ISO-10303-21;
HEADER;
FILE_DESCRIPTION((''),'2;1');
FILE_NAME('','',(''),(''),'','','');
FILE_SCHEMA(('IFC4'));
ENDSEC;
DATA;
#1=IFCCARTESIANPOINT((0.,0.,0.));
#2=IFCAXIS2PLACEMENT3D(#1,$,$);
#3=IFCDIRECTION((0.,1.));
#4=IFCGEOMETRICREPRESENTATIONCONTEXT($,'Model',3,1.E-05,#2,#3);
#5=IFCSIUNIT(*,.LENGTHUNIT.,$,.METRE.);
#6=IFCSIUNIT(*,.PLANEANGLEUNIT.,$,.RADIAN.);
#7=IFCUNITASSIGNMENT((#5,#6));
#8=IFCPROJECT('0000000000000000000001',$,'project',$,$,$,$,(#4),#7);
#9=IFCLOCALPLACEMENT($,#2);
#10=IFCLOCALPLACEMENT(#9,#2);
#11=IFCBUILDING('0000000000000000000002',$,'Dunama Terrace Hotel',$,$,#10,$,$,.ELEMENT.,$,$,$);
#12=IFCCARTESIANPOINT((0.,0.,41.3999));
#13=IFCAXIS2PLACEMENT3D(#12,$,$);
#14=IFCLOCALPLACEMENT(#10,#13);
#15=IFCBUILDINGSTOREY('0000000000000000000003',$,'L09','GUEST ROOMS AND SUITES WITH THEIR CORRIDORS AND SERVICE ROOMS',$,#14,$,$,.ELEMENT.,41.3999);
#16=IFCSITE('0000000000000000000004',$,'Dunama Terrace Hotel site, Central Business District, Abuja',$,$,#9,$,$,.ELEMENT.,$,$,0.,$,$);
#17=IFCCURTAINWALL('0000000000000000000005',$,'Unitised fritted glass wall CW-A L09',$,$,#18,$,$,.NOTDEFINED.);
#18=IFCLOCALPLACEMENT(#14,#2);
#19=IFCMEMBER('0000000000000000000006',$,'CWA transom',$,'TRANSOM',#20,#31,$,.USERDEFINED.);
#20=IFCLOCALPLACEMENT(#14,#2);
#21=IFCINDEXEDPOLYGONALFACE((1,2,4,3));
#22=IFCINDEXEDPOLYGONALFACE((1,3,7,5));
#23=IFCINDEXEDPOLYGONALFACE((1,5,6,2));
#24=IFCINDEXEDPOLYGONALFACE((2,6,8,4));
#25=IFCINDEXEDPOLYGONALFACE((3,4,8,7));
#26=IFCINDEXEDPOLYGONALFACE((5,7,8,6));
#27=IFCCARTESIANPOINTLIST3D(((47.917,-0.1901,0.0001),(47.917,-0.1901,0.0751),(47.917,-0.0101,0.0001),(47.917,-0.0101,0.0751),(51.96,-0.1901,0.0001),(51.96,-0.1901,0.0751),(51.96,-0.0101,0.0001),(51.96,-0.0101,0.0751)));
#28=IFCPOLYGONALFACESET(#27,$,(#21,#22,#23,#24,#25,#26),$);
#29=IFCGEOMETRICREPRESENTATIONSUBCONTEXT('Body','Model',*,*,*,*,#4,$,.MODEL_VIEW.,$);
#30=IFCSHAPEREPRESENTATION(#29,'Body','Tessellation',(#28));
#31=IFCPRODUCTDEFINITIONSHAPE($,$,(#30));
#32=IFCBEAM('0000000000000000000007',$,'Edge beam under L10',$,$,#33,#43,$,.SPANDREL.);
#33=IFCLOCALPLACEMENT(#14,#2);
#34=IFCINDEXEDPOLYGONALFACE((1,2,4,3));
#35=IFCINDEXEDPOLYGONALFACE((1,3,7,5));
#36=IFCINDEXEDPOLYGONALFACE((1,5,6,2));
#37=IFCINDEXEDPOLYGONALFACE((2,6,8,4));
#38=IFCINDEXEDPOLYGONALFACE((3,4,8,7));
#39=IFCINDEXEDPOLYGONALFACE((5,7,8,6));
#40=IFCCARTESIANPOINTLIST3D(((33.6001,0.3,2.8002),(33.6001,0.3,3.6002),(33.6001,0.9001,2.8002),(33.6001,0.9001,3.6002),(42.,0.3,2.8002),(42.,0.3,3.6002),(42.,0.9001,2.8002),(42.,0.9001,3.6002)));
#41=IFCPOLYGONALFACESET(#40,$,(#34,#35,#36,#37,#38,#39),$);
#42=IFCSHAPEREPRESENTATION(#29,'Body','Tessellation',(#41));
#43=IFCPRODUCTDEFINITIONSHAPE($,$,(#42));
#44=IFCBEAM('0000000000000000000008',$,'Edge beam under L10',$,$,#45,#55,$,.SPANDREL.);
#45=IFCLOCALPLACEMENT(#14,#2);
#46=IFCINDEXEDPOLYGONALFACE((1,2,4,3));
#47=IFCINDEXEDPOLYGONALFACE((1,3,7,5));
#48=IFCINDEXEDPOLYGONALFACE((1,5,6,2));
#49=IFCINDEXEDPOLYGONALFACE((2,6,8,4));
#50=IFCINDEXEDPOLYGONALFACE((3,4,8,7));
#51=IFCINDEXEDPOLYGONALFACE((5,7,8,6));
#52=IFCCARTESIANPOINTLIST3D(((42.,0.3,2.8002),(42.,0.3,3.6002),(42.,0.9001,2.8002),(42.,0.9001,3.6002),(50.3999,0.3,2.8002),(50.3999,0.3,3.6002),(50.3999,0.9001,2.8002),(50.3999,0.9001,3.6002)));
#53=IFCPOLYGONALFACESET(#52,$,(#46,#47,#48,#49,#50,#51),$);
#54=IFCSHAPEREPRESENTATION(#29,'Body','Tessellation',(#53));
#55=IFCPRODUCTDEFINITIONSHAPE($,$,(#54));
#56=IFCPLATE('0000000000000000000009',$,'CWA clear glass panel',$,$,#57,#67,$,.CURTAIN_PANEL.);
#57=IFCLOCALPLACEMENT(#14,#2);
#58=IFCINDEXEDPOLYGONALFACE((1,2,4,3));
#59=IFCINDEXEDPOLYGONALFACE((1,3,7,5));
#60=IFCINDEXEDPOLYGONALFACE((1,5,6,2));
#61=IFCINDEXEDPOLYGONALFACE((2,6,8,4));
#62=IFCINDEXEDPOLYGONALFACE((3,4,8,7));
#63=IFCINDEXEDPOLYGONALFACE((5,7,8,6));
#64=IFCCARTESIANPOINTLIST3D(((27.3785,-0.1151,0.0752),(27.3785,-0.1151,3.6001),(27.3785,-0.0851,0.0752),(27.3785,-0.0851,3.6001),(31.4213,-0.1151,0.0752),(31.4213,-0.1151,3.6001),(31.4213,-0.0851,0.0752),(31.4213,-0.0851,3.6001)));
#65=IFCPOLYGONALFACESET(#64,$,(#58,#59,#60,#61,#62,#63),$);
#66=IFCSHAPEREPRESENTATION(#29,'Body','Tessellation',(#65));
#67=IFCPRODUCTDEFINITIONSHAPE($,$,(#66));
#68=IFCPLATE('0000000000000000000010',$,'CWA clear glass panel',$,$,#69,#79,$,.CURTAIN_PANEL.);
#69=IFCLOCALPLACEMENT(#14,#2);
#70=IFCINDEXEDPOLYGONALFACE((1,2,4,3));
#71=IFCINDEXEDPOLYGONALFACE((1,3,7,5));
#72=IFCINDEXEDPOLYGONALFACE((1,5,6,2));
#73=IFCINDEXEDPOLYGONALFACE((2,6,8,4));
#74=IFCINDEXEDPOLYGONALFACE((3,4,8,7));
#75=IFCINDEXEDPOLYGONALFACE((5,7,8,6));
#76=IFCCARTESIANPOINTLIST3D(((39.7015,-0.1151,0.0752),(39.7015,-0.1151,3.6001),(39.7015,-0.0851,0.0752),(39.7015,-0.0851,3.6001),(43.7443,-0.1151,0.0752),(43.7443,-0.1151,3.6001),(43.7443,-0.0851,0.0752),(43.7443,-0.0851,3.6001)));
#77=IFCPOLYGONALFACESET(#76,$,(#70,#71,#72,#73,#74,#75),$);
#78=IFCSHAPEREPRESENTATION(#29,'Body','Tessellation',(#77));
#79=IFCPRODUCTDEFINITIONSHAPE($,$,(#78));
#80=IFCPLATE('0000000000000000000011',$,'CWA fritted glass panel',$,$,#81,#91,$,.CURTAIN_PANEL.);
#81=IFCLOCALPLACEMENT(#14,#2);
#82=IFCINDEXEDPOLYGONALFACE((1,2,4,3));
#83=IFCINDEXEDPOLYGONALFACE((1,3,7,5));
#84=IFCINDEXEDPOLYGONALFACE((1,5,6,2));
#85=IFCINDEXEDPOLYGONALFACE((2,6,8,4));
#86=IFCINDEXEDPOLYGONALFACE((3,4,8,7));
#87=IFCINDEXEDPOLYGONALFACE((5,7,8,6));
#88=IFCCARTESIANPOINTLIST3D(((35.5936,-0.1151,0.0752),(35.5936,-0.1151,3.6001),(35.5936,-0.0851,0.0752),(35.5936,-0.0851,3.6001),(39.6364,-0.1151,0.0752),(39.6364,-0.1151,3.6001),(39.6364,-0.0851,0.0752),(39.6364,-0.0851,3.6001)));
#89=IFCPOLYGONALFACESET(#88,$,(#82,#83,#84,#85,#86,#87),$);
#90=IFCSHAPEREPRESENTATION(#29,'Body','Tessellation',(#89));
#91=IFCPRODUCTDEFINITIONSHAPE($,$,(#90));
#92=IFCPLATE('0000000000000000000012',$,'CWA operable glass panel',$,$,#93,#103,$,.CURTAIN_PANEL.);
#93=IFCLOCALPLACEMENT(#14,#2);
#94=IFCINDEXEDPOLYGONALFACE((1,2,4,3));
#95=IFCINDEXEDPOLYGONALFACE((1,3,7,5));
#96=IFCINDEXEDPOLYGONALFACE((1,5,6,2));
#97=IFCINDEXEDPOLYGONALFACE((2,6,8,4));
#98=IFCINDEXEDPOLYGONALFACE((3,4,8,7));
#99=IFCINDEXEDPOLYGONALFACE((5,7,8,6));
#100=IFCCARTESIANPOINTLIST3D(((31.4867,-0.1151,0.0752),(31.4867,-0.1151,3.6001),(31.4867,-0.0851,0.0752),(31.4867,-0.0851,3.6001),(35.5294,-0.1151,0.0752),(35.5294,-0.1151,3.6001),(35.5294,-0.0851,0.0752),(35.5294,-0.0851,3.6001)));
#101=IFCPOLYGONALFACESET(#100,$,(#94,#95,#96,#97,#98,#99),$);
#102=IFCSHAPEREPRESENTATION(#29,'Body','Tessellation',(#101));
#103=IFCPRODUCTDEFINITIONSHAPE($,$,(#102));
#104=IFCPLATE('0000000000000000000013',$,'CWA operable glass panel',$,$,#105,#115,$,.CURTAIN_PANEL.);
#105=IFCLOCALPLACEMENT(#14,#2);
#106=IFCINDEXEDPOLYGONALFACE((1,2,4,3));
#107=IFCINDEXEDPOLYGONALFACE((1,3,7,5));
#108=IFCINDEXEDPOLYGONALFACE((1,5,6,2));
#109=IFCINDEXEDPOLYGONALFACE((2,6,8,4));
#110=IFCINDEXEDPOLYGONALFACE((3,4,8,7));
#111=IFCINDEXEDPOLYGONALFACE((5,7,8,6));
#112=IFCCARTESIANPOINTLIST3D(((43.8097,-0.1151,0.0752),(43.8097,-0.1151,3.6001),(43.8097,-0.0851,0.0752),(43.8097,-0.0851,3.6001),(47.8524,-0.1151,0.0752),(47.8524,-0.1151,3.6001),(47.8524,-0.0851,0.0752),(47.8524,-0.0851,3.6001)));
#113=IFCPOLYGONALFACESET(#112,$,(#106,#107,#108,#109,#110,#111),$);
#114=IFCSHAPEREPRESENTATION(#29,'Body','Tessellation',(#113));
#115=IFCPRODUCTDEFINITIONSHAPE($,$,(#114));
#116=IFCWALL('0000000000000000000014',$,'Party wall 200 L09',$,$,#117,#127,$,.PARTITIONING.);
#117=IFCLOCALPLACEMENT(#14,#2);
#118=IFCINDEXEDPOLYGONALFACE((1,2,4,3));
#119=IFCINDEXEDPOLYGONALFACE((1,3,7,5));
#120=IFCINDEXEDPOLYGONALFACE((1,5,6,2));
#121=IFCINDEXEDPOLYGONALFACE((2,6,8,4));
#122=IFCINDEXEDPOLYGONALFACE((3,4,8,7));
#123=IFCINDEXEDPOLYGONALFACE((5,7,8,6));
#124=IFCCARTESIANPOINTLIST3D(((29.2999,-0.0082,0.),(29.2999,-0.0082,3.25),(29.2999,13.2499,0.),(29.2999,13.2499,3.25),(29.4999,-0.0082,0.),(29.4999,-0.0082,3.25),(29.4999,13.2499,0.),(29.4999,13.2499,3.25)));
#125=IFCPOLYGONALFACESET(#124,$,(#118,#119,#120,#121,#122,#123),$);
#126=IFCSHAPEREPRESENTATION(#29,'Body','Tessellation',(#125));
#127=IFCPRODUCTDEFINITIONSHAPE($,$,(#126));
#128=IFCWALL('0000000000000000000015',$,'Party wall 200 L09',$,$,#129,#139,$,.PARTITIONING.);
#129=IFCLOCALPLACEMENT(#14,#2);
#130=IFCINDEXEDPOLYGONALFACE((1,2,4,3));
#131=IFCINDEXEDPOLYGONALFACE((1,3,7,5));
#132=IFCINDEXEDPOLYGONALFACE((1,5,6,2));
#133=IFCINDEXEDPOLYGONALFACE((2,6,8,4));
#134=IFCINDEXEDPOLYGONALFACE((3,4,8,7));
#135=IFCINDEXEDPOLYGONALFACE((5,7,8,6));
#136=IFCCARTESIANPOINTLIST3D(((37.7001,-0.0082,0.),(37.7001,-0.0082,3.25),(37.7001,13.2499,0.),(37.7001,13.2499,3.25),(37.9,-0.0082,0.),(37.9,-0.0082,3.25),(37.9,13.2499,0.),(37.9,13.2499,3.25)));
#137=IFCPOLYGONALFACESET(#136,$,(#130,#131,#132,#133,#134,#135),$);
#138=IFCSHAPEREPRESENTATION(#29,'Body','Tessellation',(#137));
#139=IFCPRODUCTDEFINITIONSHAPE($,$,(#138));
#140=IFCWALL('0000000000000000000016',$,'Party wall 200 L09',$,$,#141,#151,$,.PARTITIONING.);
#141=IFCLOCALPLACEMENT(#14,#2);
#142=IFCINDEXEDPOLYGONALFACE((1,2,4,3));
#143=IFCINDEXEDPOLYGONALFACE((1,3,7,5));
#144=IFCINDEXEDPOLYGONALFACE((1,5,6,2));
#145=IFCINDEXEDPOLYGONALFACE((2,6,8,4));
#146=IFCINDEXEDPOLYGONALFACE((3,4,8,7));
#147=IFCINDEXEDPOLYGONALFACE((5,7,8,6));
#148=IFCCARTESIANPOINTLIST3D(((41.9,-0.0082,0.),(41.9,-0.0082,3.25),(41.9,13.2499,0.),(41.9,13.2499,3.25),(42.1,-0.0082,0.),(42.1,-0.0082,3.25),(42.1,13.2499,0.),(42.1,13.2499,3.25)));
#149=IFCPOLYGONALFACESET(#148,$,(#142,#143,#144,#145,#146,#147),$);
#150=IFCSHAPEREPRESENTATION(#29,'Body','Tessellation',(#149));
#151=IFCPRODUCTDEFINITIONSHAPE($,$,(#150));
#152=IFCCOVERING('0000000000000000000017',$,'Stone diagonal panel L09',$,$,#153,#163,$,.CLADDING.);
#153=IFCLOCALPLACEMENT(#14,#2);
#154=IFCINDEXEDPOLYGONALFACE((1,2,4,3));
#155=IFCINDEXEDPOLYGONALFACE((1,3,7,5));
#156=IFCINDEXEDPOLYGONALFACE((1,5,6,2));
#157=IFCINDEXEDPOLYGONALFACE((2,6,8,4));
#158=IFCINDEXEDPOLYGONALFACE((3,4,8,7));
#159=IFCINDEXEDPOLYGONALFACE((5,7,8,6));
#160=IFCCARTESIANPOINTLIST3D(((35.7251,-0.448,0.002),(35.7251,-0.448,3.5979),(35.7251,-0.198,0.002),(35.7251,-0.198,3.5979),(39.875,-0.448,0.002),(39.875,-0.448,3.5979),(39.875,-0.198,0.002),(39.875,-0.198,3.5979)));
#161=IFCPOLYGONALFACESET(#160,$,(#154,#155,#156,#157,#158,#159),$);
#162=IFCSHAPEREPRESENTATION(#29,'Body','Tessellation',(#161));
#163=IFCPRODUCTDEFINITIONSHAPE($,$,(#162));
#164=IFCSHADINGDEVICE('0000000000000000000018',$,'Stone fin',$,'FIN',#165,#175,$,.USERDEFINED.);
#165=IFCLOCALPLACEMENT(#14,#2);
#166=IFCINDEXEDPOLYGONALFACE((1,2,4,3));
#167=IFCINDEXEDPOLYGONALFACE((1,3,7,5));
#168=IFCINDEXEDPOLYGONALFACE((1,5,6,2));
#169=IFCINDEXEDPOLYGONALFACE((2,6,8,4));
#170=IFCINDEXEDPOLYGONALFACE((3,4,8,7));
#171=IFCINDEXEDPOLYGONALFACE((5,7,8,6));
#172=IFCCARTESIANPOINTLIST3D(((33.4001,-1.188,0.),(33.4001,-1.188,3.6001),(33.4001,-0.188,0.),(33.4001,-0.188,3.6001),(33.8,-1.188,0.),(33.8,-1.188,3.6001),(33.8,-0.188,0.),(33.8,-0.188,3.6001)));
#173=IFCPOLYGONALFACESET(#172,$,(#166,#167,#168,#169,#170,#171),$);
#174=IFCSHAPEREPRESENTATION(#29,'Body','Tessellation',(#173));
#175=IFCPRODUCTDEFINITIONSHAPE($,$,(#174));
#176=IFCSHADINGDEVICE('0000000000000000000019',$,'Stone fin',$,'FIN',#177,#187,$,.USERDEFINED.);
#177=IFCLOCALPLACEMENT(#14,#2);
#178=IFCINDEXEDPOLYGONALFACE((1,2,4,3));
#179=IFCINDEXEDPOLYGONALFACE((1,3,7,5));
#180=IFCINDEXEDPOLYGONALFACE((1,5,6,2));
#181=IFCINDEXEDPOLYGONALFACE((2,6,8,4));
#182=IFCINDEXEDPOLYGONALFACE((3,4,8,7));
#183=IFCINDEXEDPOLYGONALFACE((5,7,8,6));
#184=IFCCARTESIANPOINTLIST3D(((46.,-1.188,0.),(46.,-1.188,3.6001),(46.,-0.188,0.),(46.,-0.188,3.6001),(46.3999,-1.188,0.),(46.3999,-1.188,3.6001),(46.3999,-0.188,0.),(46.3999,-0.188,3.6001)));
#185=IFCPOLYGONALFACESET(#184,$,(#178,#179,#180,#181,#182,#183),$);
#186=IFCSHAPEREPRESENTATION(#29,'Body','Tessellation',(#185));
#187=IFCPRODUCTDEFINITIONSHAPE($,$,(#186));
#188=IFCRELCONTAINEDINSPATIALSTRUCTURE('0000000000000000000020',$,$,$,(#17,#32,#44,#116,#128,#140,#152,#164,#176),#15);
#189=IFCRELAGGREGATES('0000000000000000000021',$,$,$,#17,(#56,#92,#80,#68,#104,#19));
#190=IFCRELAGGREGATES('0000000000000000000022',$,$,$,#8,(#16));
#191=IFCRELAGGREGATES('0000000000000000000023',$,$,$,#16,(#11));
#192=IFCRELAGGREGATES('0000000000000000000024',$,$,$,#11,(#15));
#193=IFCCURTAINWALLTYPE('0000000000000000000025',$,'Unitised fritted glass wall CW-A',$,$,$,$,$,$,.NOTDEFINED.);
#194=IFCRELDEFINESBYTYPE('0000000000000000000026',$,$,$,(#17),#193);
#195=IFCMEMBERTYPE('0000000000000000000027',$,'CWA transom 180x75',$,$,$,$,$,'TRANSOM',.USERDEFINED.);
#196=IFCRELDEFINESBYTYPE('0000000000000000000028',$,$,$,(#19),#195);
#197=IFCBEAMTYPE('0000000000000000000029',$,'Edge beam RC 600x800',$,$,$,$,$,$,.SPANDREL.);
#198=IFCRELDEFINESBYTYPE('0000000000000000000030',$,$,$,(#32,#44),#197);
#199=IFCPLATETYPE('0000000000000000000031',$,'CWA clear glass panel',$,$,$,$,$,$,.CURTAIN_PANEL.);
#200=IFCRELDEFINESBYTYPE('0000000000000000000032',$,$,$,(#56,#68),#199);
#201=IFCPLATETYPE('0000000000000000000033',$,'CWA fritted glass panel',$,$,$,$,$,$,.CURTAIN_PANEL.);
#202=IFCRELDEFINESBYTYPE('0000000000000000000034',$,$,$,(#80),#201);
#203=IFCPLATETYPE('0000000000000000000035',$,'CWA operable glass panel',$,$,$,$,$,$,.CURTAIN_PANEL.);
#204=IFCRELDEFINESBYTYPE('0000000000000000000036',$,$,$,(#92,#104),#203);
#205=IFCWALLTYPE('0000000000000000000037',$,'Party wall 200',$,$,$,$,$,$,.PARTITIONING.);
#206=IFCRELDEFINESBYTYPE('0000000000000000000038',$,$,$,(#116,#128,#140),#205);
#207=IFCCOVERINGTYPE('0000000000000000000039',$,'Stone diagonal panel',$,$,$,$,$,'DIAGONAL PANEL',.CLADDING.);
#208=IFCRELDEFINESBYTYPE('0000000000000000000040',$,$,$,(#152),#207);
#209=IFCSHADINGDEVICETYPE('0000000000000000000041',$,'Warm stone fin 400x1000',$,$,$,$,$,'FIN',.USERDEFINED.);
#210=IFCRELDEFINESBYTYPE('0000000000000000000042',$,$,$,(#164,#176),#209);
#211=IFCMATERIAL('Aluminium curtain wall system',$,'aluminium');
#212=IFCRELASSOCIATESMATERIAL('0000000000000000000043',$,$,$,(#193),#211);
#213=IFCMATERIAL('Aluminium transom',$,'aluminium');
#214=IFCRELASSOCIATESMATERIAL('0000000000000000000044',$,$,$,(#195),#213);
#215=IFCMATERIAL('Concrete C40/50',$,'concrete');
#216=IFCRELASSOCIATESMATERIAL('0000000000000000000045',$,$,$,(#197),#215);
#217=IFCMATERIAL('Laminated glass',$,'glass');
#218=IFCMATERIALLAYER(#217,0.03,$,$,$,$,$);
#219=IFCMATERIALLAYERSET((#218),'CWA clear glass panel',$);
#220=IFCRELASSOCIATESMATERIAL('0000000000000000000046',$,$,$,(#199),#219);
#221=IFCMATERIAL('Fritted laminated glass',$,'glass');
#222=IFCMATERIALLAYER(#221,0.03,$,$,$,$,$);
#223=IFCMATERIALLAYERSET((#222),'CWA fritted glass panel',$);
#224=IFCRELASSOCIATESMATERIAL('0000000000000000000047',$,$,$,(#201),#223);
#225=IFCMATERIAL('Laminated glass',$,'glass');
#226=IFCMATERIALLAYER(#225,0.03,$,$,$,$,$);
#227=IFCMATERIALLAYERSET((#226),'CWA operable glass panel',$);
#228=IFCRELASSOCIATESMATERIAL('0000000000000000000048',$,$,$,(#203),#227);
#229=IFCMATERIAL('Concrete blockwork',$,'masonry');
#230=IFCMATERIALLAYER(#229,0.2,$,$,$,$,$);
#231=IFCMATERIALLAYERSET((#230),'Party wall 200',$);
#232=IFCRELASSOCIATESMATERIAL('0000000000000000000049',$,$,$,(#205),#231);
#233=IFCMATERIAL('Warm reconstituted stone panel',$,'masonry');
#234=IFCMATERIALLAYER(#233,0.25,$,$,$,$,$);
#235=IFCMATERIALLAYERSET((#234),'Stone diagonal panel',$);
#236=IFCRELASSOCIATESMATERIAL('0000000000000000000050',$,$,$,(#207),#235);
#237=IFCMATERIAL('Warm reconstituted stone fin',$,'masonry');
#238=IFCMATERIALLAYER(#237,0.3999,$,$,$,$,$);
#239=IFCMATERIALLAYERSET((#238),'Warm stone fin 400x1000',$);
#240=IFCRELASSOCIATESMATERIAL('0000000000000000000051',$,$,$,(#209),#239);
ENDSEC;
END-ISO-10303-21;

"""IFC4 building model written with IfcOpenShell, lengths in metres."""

from ifc_helpers import new_model, si_unit, direction, frame, frame_2d, origin, origin_2d, place, context, subcontext, project, spatial, rectangle, extrude, material, layer, layer_set, material_profile, profile_set, type_object, element, aggregate, save


model = new_model("IFC4")

# Units and contexts
model_context = context("Model", 3, precision=1e-05, world=origin(), true_north=direction((0.0, 1.0)))
body_context = subcontext(model_context, "Body", "Model", "MODEL_VIEW")
ifc_project = project(units=[si_unit("LENGTHUNIT", "METRE"), si_unit("PLANEANGLEUNIT", "RADIAN")], contexts=[model_context])

# Site, building, storey
site_placement = place(None, origin())
site = spatial("IfcSite", under=ifc_project, at=site_placement, Name="Dunama Terrace Hotel site, Central Business District, Abuja", CompositionType="ELEMENT", RefElevation=0.0)
building_placement = place(site_placement, origin())
building = spatial("IfcBuilding", under=site, at=building_placement, Name="Dunama Terrace Hotel", CompositionType="ELEMENT")
storey_placement = place(building_placement, frame((0.0, 0.0, 41.3999)))
storey = spatial("IfcBuildingStorey", under=building, at=storey_placement, Name="L09", Description="GUEST ROOMS AND SUITES WITH THEIR CORRIDORS AND SERVICE ROOMS", CompositionType="ELEMENT", Elevation=41.3999)

# Curtain wall, member
ifc_material_1 = material(Name="Aluminium curtain wall system", Category="aluminium")
curtain_wall_type = type_object("IfcCurtainWallType", Name="Unitised fritted glass wall CW-A", PredefinedType="NOTDEFINED", material=ifc_material_1)
curtain_wall_placement = place(storey_placement, origin())
curtain_wall = element("IfcCurtainWall", 1, at=curtain_wall_placement, inside=storey, type_object=curtain_wall_type, Name="Unitised fritted glass wall CW-A L09", PredefinedType="NOTDEFINED")
ifc_material_2 = material(Name="Aluminium transom", Category="aluminium")
ifc_material_profile_1 = material_profile(ifc_material_2, rectangle(XDim=0.1799, YDim=0.075, at=origin_2d()), Name="CWA TRANSOM 180X75")
ifc_profile_set_1 = profile_set([ifc_material_profile_1], Name="Aluminium transom")
member_type_1 = type_object("IfcMemberType", Name="CWA transom 180x75", ElementType="TRANSOM", PredefinedType="USERDEFINED", material=ifc_profile_set_1)
member_1_placement = place(storey_placement, frame((47.917, -0.1001, 0.0376), z_axis=(1.0, 0.0, 0.0), x_axis=(0.0, 1.0, 0.0)))
member_1 = element("IfcMember", 2, at=member_1_placement, type_object=member_type_1, Name="CWA transom", ObjectType="TRANSOM", PredefinedType="USERDEFINED", context=body_context, shape_type="SweptSolid", body=[
    extrude(rectangle(XDim=0.1799, YDim=0.075, at=origin_2d()), origin(), (0.0, 0.0, 1.0), 4.043),
])

# Beams
ifc_material_3 = material(Name="Concrete C40/50", Category="concrete")
ifc_material_profile_2 = material_profile(ifc_material_3, rectangle(XDim=0.6001, YDim=0.8, at=origin_2d()), Name="RC 600x800")
ifc_profile_set_2 = profile_set([ifc_material_profile_2], Name="Concrete C40/50")
beam_type = type_object("IfcBeamType", Name="Edge beam RC 600x800", PredefinedType="SPANDREL", material=ifc_profile_set_2)
for number, where, z_axis, x_axis, name in (
    (3, (33.6001, 0.6001, 3.2002), (1.0, 0.0, 0.0), (0.0, 1.0, 0.0), "Edge beam under L10"),
    (4, (42.0, 0.6001, 3.2002), (1.0, 0.0, 0.0), (0.0, 1.0, 0.0), "Edge beam under L10"),
):
    element("IfcBeam", number, at=place(storey_placement, frame(where, z_axis=z_axis, x_axis=x_axis)), inside=storey, type_object=beam_type, Name=name, PredefinedType="SPANDREL", context=body_context, shape_type="SweptSolid", body=[
        extrude(rectangle(XDim=0.6001, YDim=0.8, at=origin_2d()), origin(), (0.0, 0.0, 1.0), 8.3999),
    ])

# Plates
ifc_material_4 = material(Name="Laminated glass", Category="glass")
ifc_layer_1 = layer(ifc_material_4, 0.03)
ifc_layer_set_1 = layer_set([ifc_layer_1], Name="CWA clear glass panel")
plate_type_1 = type_object("IfcPlateType", Name="CWA clear glass panel", PredefinedType="CURTAIN_PANEL", material=ifc_layer_set_1)
plate_1_placement = place(storey_placement, frame((29.3999, -0.1001, 0.0752), z_axis=(0.0, 0.0, 1.0), x_axis=(1.0, 0.0, 0.0)))
plate_1 = element("IfcPlate", 5, at=plate_1_placement, type_object=plate_type_1, Name="CWA clear glass panel", PredefinedType="CURTAIN_PANEL", context=body_context, shape_type="SweptSolid", body=[
    extrude(rectangle(XDim=4.0427, YDim=0.03, at=origin_2d()), origin(), (0.0, 0.0, 1.0), 3.5249),
])
plate_2_placement = place(storey_placement, frame((41.7229, -0.1001, 0.0752), z_axis=(0.0, 0.0, 1.0), x_axis=(1.0, 0.0, 0.0)))
plate_2 = element("IfcPlate", 6, at=plate_2_placement, type_object=plate_type_1, Name="CWA clear glass panel", PredefinedType="CURTAIN_PANEL", context=body_context, shape_type="SweptSolid", body=[
    extrude(rectangle(XDim=4.0427, YDim=0.03, at=origin_2d()), origin(), (0.0, 0.0, 1.0), 3.5249),
])
ifc_material_5 = material(Name="Fritted laminated glass", Category="glass")
ifc_layer_2 = layer(ifc_material_5, 0.03)
ifc_layer_set_2 = layer_set([ifc_layer_2], Name="CWA fritted glass panel")
plate_type_2 = type_object("IfcPlateType", Name="CWA fritted glass panel", PredefinedType="CURTAIN_PANEL", material=ifc_layer_set_2)
plate_3_placement = place(storey_placement, frame((37.615, -0.1001, 0.0752), z_axis=(0.0, 0.0, 1.0), x_axis=(1.0, 0.0, 0.0)))
plate_3 = element("IfcPlate", 7, at=plate_3_placement, type_object=plate_type_2, Name="CWA fritted glass panel", PredefinedType="CURTAIN_PANEL", context=body_context, shape_type="SweptSolid", body=[
    extrude(rectangle(XDim=4.0427, YDim=0.03, at=origin_2d()), origin(), (0.0, 0.0, 1.0), 3.5249),
])
ifc_material_6 = material(Name="Laminated glass", Category="glass")
ifc_layer_3 = layer(ifc_material_6, 0.03)
ifc_layer_set_3 = layer_set([ifc_layer_3], Name="CWA operable glass panel")
plate_type_3 = type_object("IfcPlateType", Name="CWA operable glass panel", PredefinedType="CURTAIN_PANEL", material=ifc_layer_set_3)
plate_4_placement = place(storey_placement, frame((33.5081, -0.1001, 0.0752), z_axis=(0.0, 0.0, 1.0), x_axis=(1.0, 0.0, 0.0)))
plate_4 = element("IfcPlate", 8, at=plate_4_placement, type_object=plate_type_3, Name="CWA operable glass panel", PredefinedType="CURTAIN_PANEL", context=body_context, shape_type="SweptSolid", body=[
    extrude(rectangle(XDim=4.0427, YDim=0.03, at=origin_2d()), origin(), (0.0, 0.0, 1.0), 3.5249),
])
plate_5_placement = place(storey_placement, frame((45.8311, -0.1001, 0.0752), z_axis=(0.0, 0.0, 1.0), x_axis=(1.0, 0.0, 0.0)))
plate_5 = element("IfcPlate", 9, at=plate_5_placement, type_object=plate_type_3, Name="CWA operable glass panel", PredefinedType="CURTAIN_PANEL", context=body_context, shape_type="SweptSolid", body=[
    extrude(rectangle(XDim=4.0427, YDim=0.03, at=origin_2d()), origin(), (0.0, 0.0, 1.0), 3.5249),
])
aggregate(curtain_wall, [plate_1, plate_4, plate_3, plate_2, plate_5, member_1])

# Walls
ifc_material_7 = material(Name="Concrete blockwork", Category="masonry")
ifc_layer_4 = layer(ifc_material_7, 0.2)
ifc_layer_set_4 = layer_set([ifc_layer_4], Name="Party wall 200")
wall_type = type_object("IfcWallType", Name="Party wall 200", PredefinedType="PARTITIONING", material=ifc_layer_set_4)
for number, where, z_axis, x_axis, name in (
    (10, (29.3999, -0.0081, 0.0), (0.0, 0.0, 1.0), (0.0, 1.0, 0.0), "Party wall 200 L09"),
    (11, (37.8, -0.0081, 0.0), (0.0, 0.0, 1.0), (0.0, 1.0, 0.0), "Party wall 200 L09"),
    (12, (42.0, -0.0081, 0.0), (0.0, 0.0, 1.0), (0.0, 1.0, 0.0), "Party wall 200 L09"),
):
    element("IfcWall", number, at=place(storey_placement, frame(where, z_axis=z_axis, x_axis=x_axis)), inside=storey, type_object=wall_type, Name=name, PredefinedType="PARTITIONING", context=body_context, shape_type="SweptSolid", body=[
        extrude(rectangle(XDim=13.2581, YDim=0.2, at=frame_2d((6.6289, 0.0))), origin(), (0.0, 0.0, 1.0), 3.25),
    ])

# Covering
ifc_material_8 = material(Name="Warm reconstituted stone panel", Category="masonry")
ifc_layer_5 = layer(ifc_material_8, 0.25)
ifc_layer_set_5 = layer_set([ifc_layer_5], Name="Stone diagonal panel")
covering_type = type_object("IfcCoveringType", Name="Stone diagonal panel", ElementType="DIAGONAL PANEL", PredefinedType="CLADDING", material=ifc_layer_set_5)
covering_placement = place(storey_placement, frame((37.8, -0.323, 0.002), z_axis=(0.0, 0.0, 1.0), x_axis=(1.0, 0.0, 0.0)))
element("IfcCovering", 13, at=covering_placement, inside=storey, type_object=covering_type, Name="Stone diagonal panel L09", PredefinedType="CLADDING", context=body_context, shape_type="SweptSolid", body=[
    extrude(rectangle(XDim=4.1499, YDim=0.25, at=origin_2d()), origin(), (0.0, 0.0, 1.0), 3.5959),
])

# Shading devices
ifc_material_9 = material(Name="Warm reconstituted stone fin", Category="masonry")
ifc_layer_6 = layer(ifc_material_9, 0.3999)
ifc_layer_set_6 = layer_set([ifc_layer_6], Name="Warm stone fin 400x1000")
shading_device_type = type_object("IfcShadingDeviceType", Name="Warm stone fin 400x1000", ElementType="FIN", PredefinedType="USERDEFINED", material=ifc_layer_set_6)
for number, where, z_axis, x_axis, name in (
    (14, (33.6001, -0.688, 0.0), (0.0, 0.0, 1.0), (1.0, 0.0, 0.0), "Stone fin"),
    (15, (46.2, -0.688, 0.0), (0.0, 0.0, 1.0), (1.0, 0.0, 0.0), "Stone fin"),
):
    element("IfcShadingDevice", number, at=place(storey_placement, frame(where, z_axis=z_axis, x_axis=x_axis)), inside=storey, type_object=shading_device_type, Name=name, ObjectType="FIN", PredefinedType="USERDEFINED", context=body_context, shape_type="SweptSolid", body=[
        extrude(rectangle(XDim=0.3999, YDim=1.0, at=origin_2d()), origin(), (0.0, 0.0, 1.0), 3.6001),
    ])

save(model, "model.ifc")
